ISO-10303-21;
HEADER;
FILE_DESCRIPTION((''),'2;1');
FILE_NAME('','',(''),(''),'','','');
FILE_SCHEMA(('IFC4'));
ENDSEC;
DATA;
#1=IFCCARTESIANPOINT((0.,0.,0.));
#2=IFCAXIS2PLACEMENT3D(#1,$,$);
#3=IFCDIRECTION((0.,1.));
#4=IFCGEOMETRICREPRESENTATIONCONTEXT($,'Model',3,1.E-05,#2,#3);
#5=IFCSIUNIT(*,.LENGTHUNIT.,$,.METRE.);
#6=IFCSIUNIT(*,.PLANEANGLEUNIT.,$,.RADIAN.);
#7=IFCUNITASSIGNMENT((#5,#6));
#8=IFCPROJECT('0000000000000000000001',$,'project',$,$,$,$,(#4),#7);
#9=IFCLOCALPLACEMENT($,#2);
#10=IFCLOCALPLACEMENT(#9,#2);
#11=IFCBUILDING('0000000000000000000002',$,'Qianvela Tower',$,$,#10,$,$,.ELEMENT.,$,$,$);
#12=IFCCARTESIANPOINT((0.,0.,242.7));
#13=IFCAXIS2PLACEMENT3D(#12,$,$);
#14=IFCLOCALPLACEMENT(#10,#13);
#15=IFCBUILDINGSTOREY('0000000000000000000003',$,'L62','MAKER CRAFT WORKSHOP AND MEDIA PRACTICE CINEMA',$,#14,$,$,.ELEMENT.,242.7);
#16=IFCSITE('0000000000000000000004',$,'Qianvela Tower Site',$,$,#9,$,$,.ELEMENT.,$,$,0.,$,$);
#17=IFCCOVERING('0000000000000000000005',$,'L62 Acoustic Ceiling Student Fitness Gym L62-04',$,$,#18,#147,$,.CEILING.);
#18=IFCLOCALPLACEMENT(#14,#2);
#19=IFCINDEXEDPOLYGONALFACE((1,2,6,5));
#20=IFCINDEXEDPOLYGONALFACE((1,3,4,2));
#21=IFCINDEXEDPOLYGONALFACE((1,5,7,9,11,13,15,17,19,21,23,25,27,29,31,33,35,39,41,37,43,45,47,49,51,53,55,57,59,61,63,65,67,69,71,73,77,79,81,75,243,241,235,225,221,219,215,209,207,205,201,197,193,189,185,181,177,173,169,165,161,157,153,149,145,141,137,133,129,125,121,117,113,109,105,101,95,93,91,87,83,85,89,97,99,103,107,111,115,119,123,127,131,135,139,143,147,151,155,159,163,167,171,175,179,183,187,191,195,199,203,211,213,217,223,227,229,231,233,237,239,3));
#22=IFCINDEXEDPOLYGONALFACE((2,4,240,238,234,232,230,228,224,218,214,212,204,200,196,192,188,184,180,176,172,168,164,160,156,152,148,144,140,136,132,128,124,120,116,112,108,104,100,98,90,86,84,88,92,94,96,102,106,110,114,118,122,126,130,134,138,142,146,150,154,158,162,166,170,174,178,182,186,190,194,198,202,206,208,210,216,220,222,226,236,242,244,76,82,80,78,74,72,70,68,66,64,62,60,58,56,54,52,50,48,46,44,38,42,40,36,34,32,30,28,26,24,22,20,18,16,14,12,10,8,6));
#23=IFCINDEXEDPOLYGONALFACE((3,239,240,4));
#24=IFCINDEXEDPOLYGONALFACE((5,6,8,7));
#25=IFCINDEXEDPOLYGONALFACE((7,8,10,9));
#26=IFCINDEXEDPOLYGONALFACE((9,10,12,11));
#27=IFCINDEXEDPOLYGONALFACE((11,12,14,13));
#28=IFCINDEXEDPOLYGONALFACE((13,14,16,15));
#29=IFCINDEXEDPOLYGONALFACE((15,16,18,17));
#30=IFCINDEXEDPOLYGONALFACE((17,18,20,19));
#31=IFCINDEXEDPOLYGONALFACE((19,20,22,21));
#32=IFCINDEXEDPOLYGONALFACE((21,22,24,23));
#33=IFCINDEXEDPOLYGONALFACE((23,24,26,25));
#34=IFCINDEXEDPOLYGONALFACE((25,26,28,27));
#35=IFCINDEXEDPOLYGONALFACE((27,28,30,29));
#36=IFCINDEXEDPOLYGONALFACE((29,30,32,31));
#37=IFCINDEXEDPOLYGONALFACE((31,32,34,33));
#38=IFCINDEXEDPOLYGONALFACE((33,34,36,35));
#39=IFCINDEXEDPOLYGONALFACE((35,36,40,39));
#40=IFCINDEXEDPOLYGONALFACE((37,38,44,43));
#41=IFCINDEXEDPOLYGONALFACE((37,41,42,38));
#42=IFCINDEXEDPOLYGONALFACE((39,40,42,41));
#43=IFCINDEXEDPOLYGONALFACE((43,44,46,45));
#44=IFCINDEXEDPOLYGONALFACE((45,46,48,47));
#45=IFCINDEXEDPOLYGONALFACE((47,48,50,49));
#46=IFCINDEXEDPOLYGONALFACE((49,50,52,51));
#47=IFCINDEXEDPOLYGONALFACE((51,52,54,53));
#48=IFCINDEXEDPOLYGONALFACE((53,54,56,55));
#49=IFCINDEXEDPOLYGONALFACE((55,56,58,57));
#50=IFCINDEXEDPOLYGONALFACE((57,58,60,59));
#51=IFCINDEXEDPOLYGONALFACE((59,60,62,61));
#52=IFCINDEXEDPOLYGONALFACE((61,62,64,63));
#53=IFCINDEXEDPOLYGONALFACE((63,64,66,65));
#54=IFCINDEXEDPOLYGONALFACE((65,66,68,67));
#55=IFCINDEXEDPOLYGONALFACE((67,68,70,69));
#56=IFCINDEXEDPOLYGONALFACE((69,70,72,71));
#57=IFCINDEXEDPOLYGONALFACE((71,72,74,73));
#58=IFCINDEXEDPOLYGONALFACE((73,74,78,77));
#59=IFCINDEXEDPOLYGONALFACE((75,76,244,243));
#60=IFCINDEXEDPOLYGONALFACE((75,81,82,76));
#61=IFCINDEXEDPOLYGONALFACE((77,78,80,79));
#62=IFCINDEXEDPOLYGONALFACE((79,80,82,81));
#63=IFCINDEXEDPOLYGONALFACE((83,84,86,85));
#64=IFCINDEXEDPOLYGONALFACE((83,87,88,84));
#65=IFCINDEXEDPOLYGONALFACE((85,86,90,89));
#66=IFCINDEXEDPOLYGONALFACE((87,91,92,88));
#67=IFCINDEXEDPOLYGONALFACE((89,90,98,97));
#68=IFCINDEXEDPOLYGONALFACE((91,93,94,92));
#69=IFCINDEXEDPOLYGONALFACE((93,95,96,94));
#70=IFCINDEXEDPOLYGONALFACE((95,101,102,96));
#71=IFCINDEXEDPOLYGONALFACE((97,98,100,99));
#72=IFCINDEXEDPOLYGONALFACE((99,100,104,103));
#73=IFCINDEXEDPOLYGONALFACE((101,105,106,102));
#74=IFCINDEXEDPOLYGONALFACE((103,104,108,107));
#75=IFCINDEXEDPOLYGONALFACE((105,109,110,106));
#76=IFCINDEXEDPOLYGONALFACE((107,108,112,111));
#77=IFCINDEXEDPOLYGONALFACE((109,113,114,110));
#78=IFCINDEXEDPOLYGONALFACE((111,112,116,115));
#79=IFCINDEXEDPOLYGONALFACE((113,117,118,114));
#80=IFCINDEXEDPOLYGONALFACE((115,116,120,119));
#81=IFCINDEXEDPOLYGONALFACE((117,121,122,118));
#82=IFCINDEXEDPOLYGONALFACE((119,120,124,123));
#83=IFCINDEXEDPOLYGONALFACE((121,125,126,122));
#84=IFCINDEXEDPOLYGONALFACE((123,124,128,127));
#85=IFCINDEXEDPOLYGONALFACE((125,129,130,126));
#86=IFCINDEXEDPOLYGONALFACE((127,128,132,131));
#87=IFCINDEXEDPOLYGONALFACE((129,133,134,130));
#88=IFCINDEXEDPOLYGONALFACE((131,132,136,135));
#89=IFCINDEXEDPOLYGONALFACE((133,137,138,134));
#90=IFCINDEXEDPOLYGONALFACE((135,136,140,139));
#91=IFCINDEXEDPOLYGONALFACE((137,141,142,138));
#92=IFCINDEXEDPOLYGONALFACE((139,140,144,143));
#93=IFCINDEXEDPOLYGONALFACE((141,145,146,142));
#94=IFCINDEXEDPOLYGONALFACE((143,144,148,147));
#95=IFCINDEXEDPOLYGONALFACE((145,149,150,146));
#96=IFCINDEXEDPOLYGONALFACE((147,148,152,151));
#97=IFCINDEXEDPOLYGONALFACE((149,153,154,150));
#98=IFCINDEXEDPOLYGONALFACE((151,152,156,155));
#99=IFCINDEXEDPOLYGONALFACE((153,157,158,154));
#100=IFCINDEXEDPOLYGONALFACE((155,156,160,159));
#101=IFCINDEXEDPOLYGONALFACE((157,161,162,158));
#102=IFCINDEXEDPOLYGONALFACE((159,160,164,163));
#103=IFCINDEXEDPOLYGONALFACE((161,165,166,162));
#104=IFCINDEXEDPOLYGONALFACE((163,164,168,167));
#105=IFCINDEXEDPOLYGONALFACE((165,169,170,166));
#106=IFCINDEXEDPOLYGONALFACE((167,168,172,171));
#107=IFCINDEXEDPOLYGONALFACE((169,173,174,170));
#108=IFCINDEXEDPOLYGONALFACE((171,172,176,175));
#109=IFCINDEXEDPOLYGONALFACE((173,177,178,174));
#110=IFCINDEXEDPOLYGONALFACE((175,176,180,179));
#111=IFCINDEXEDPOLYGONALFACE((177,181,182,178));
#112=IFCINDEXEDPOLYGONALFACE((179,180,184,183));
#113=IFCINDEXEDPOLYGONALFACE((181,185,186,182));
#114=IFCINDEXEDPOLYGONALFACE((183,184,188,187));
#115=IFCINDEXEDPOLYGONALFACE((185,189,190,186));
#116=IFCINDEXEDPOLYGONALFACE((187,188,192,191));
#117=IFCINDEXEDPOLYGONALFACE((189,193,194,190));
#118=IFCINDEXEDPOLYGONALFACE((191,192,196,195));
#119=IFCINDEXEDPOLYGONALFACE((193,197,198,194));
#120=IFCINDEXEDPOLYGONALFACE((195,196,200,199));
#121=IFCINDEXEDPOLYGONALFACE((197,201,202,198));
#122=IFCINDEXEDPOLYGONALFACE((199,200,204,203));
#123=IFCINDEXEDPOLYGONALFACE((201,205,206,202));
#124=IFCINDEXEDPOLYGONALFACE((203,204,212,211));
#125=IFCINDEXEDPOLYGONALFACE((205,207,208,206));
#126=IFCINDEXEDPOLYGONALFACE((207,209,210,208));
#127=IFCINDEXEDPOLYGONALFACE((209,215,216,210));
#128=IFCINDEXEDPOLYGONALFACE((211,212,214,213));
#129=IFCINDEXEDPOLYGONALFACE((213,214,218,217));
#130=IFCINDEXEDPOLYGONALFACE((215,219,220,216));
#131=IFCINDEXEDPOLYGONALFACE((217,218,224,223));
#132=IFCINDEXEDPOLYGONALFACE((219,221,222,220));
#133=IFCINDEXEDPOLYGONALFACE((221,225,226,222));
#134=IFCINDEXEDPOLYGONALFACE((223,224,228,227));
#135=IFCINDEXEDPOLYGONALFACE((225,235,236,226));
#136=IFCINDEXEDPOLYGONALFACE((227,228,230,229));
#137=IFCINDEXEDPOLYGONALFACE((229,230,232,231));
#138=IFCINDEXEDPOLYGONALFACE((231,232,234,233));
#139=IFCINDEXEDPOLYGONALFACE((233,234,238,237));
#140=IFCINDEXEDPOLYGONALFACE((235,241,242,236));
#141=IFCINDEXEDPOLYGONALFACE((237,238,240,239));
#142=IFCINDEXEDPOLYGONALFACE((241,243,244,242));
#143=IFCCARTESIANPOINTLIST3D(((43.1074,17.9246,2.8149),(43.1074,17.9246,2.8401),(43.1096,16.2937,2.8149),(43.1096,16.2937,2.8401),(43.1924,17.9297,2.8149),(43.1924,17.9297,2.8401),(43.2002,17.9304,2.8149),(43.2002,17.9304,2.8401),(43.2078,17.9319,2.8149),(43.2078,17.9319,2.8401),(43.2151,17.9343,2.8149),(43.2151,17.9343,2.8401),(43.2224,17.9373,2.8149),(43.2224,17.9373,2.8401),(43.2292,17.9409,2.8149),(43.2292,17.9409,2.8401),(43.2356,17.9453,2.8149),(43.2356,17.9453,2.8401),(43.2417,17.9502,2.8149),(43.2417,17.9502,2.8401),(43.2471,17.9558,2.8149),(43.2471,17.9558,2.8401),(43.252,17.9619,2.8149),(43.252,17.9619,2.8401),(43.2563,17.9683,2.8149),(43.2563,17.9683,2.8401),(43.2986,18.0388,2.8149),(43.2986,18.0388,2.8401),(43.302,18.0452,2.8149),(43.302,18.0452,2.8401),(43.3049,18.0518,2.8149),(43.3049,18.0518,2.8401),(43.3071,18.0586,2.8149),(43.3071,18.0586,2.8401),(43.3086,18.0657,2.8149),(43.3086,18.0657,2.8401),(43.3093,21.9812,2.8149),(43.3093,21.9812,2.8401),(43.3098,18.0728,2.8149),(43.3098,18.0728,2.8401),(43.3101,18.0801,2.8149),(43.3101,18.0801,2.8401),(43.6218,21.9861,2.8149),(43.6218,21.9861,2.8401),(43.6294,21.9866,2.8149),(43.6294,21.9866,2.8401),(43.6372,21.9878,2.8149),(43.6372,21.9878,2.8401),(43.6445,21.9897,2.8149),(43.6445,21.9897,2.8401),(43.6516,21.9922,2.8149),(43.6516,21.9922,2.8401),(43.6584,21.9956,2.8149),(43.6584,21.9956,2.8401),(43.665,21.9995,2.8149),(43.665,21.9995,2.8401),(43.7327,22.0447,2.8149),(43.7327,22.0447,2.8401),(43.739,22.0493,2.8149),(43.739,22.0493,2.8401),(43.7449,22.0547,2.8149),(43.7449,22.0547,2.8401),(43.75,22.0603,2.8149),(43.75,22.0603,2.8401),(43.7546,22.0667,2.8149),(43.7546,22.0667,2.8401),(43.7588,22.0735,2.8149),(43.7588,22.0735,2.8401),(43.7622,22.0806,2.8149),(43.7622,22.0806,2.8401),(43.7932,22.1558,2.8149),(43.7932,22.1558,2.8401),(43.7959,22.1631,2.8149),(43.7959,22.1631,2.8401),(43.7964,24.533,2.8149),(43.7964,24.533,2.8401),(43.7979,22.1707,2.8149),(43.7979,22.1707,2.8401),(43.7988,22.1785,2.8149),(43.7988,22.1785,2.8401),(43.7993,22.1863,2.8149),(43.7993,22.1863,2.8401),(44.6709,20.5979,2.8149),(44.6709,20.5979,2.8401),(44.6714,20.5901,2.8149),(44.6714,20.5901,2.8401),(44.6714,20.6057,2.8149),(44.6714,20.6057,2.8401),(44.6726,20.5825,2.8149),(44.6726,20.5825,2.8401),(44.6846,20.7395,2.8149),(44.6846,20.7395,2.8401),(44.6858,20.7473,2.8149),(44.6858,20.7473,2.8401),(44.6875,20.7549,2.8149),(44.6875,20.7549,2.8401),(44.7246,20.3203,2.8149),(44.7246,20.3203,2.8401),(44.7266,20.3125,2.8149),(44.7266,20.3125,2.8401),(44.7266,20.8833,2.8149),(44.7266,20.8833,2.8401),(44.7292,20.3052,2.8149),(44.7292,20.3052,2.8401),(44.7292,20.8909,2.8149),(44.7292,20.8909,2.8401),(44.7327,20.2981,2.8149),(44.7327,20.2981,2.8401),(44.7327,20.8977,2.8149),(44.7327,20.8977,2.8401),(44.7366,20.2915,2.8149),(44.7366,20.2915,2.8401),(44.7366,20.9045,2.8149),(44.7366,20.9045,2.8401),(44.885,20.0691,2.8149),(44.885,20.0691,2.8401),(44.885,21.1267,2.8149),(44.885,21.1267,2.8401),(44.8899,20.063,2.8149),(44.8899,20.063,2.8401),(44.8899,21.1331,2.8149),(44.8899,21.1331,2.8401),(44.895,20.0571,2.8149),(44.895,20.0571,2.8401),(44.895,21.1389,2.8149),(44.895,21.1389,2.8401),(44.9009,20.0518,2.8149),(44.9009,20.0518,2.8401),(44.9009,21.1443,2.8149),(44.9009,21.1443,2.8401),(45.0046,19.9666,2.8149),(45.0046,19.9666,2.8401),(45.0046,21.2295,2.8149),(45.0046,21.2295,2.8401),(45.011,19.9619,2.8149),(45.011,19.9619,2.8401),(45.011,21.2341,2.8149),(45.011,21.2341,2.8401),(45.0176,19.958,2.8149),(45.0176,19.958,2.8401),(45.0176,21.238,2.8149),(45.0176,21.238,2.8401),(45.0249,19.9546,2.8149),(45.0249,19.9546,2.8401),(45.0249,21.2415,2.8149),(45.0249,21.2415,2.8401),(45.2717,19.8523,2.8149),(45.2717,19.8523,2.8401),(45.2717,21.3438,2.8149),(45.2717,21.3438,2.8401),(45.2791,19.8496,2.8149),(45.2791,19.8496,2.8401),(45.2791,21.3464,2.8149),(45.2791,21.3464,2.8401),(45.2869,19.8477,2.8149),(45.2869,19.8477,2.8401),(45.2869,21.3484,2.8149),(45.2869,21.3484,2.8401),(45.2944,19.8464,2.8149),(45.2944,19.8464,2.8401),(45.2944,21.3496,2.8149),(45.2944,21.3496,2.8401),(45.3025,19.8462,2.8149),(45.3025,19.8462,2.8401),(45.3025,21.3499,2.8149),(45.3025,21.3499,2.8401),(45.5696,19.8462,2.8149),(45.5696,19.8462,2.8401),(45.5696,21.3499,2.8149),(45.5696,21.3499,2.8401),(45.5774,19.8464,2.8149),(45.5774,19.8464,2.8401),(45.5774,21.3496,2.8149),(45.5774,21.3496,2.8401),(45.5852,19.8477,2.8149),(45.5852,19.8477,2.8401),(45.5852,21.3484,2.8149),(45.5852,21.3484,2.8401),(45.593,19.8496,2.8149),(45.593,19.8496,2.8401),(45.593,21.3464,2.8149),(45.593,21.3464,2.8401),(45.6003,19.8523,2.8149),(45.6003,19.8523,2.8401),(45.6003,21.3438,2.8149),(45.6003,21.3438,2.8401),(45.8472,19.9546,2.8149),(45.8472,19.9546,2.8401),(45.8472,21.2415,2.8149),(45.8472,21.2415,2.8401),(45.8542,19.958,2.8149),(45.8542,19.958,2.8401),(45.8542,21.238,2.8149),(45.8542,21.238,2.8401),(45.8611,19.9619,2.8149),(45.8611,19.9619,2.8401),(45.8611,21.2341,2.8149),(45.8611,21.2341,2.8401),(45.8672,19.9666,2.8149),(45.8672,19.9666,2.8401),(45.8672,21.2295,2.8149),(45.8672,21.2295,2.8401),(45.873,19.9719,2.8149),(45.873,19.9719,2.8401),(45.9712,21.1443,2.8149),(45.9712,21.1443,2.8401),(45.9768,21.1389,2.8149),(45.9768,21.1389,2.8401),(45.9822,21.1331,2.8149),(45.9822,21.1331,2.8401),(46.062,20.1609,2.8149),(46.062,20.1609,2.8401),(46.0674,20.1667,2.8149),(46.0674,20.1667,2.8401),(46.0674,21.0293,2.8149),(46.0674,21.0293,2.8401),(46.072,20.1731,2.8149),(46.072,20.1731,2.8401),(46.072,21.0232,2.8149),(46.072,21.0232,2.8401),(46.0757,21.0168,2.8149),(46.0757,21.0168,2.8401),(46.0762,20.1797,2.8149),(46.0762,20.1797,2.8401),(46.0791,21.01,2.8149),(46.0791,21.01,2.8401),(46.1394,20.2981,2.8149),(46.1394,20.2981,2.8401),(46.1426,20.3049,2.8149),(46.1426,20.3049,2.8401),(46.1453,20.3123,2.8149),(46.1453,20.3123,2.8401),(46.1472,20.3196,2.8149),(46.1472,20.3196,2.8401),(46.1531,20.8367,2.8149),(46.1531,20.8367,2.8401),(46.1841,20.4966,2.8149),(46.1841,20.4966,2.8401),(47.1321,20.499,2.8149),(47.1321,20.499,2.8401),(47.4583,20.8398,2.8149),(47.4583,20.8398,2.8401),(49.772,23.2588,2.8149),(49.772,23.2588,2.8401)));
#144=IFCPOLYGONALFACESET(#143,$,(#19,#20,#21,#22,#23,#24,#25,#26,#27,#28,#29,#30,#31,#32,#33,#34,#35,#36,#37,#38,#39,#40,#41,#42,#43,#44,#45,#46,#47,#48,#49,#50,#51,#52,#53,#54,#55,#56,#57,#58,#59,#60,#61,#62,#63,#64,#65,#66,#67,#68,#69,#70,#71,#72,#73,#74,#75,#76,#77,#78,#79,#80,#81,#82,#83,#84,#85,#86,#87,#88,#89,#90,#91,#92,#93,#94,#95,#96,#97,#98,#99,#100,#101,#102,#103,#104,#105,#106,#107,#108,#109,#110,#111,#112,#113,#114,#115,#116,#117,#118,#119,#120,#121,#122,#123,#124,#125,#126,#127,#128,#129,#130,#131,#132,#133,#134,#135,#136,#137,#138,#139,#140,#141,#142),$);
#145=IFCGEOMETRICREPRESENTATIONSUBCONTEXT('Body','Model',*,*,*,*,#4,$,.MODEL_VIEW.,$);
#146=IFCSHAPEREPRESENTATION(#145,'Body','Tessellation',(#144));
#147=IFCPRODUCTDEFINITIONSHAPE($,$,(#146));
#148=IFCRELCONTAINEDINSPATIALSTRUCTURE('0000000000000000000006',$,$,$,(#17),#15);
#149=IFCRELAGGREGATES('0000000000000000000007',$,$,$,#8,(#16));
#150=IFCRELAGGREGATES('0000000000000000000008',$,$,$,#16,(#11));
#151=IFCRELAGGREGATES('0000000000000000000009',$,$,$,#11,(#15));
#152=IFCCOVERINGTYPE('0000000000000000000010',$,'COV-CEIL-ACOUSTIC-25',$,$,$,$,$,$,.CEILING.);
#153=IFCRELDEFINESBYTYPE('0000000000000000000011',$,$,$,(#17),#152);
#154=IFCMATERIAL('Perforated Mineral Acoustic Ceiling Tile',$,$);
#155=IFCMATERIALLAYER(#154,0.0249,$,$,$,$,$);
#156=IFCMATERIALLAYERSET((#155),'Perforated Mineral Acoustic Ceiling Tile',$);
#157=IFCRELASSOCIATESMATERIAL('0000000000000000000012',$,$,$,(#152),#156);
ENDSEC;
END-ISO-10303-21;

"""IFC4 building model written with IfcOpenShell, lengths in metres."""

from ifc_helpers import new_model, si_unit, direction, frame, origin, place, context, subcontext, project, spatial, polyline, outline, extrude, material, layer, layer_set, type_object, element, save


model = new_model("IFC4")

# Units and contexts
model_context = context("Model", 3, precision=1e-05, world=origin(), true_north=direction((0.0, 1.0)))
body_context = subcontext(model_context, "Body", "Model", "MODEL_VIEW")
ifc_project = project(units=[si_unit("LENGTHUNIT", "METRE"), si_unit("PLANEANGLEUNIT", "RADIAN")], contexts=[model_context])

# Site, building, storey
site_placement = place(None, origin())
site = spatial("IfcSite", under=ifc_project, at=site_placement, Name="Qianvela Tower Site", CompositionType="ELEMENT", RefElevation=0.0)
building_placement = place(site_placement, origin())
building = spatial("IfcBuilding", under=site, at=building_placement, Name="Qianvela Tower", CompositionType="ELEMENT")
storey_placement = place(building_placement, frame((0.0, 0.0, 242.7)))
storey = spatial("IfcBuildingStorey", under=building, at=storey_placement, Name="L62", Description="MAKER CRAFT WORKSHOP AND MEDIA PRACTICE CINEMA", CompositionType="ELEMENT", Elevation=242.7)

# Covering
ifc_material_1 = material(Name="Perforated Mineral Acoustic Ceiling Tile")
ifc_layer_1 = layer(ifc_material_1, 0.0249)
ifc_layer_set_1 = layer_set([ifc_layer_1], Name="Perforated Mineral Acoustic Ceiling Tile")
covering_type_1 = type_object("IfcCoveringType", Name="COV-CEIL-ACOUSTIC-25", PredefinedType="CEILING", material=ifc_layer_set_1)
covering_1_placement = place(storey_placement, frame((0.0, 0.0, 2.8149)))
element("IfcCovering", 1, at=covering_1_placement, inside=storey, type_object=covering_type_1, Name="L62 Acoustic Ceiling Student Fitness Gym L62-04", PredefinedType="CEILING", context=body_context, shape_type="SweptSolid", body=[
    extrude(outline(polyline([(43.2986, 18.0388), (43.302, 18.0452), (43.3049, 18.0518), (43.3071, 18.0586), (43.3086, 18.0657), (43.3098, 18.0728), (43.3101, 18.0801), (43.3093, 21.9812), (43.6218, 21.9861), (43.6294, 21.9866), (43.6372, 21.9878), (43.6445, 21.9897), (43.6516, 21.9922), (43.6584, 21.9956), (43.665, 21.9995), (43.7327, 22.0447), (43.739, 22.0493), (43.7449, 22.0547), (43.75, 22.0603), (43.7546, 22.0667), (43.7588, 22.0735), (43.7622, 22.0806), (43.7932, 22.1558), (43.7959, 22.1631), (43.7979, 22.1707), (43.7988, 22.1785), (43.7993, 22.1863), (43.7964, 24.533), (49.772, 23.2588), (47.4583, 20.8398), (46.1531, 20.8367), (46.0791, 21.01), (46.0757, 21.0168), (46.072, 21.0232), (46.0674, 21.0293), (45.9822, 21.1331), (45.9768, 21.1389), (45.9712, 21.1443), (45.8672, 21.2295), (45.8611, 21.2341), (45.8542, 21.238), (45.8472, 21.2415), (45.6003, 21.3438), (45.593, 21.3464), (45.5852, 21.3484), (45.5774, 21.3496), (45.5696, 21.3499), (45.3025, 21.3499), (45.2944, 21.3496), (45.2869, 21.3484), (45.2791, 21.3464), (45.2717, 21.3438), (45.0249, 21.2415), (45.0176, 21.238), (45.011, 21.2341), (45.0046, 21.2295), (44.9009, 21.1443), (44.895, 21.1389), (44.8899, 21.1331), (44.885, 21.1267), (44.7366, 20.9045), (44.7327, 20.8977), (44.7292, 20.8909), (44.7266, 20.8833), (44.6875, 20.7549), (44.6858, 20.7473), (44.6846, 20.7395), (44.6714, 20.6057), (44.6709, 20.5979), (44.6714, 20.5901), (44.6726, 20.5825), (44.7246, 20.3203), (44.7266, 20.3125), (44.7292, 20.3052), (44.7327, 20.2981), (44.7366, 20.2915), (44.885, 20.0691), (44.8899, 20.063), (44.895, 20.0571), (44.9009, 20.0518), (45.0046, 19.9666), (45.011, 19.9619), (45.0176, 19.958), (45.0249, 19.9546), (45.2717, 19.8523), (45.2791, 19.8496), (45.2869, 19.8477), (45.2944, 19.8464), (45.3025, 19.8462), (45.5696, 19.8462), (45.5774, 19.8464), (45.5852, 19.8477), (45.593, 19.8496), (45.6003, 19.8523), (45.8472, 19.9546), (45.8542, 19.958), (45.8611, 19.9619), (45.8672, 19.9666), (45.873, 19.9719), (46.062, 20.1609), (46.0674, 20.1667), (46.072, 20.1731), (46.0762, 20.1797), (46.1394, 20.2981), (46.1426, 20.3049), (46.1453, 20.3123), (46.1472, 20.3196), (46.1841, 20.4966), (47.1321, 20.499), (43.1096, 16.2937), (43.1074, 17.9246), (43.1924, 17.9297), (43.2002, 17.9304), (43.2078, 17.9319), (43.2151, 17.9343), (43.2224, 17.9373), (43.2292, 17.9409), (43.2356, 17.9453), (43.2417, 17.9502), (43.2471, 17.9558), (43.252, 17.9619), (43.2563, 17.9683), (43.2986, 18.0388)])), origin(), (0.0, 0.0, 1.0), 0.0251),
])

save(model, "model.ifc")
